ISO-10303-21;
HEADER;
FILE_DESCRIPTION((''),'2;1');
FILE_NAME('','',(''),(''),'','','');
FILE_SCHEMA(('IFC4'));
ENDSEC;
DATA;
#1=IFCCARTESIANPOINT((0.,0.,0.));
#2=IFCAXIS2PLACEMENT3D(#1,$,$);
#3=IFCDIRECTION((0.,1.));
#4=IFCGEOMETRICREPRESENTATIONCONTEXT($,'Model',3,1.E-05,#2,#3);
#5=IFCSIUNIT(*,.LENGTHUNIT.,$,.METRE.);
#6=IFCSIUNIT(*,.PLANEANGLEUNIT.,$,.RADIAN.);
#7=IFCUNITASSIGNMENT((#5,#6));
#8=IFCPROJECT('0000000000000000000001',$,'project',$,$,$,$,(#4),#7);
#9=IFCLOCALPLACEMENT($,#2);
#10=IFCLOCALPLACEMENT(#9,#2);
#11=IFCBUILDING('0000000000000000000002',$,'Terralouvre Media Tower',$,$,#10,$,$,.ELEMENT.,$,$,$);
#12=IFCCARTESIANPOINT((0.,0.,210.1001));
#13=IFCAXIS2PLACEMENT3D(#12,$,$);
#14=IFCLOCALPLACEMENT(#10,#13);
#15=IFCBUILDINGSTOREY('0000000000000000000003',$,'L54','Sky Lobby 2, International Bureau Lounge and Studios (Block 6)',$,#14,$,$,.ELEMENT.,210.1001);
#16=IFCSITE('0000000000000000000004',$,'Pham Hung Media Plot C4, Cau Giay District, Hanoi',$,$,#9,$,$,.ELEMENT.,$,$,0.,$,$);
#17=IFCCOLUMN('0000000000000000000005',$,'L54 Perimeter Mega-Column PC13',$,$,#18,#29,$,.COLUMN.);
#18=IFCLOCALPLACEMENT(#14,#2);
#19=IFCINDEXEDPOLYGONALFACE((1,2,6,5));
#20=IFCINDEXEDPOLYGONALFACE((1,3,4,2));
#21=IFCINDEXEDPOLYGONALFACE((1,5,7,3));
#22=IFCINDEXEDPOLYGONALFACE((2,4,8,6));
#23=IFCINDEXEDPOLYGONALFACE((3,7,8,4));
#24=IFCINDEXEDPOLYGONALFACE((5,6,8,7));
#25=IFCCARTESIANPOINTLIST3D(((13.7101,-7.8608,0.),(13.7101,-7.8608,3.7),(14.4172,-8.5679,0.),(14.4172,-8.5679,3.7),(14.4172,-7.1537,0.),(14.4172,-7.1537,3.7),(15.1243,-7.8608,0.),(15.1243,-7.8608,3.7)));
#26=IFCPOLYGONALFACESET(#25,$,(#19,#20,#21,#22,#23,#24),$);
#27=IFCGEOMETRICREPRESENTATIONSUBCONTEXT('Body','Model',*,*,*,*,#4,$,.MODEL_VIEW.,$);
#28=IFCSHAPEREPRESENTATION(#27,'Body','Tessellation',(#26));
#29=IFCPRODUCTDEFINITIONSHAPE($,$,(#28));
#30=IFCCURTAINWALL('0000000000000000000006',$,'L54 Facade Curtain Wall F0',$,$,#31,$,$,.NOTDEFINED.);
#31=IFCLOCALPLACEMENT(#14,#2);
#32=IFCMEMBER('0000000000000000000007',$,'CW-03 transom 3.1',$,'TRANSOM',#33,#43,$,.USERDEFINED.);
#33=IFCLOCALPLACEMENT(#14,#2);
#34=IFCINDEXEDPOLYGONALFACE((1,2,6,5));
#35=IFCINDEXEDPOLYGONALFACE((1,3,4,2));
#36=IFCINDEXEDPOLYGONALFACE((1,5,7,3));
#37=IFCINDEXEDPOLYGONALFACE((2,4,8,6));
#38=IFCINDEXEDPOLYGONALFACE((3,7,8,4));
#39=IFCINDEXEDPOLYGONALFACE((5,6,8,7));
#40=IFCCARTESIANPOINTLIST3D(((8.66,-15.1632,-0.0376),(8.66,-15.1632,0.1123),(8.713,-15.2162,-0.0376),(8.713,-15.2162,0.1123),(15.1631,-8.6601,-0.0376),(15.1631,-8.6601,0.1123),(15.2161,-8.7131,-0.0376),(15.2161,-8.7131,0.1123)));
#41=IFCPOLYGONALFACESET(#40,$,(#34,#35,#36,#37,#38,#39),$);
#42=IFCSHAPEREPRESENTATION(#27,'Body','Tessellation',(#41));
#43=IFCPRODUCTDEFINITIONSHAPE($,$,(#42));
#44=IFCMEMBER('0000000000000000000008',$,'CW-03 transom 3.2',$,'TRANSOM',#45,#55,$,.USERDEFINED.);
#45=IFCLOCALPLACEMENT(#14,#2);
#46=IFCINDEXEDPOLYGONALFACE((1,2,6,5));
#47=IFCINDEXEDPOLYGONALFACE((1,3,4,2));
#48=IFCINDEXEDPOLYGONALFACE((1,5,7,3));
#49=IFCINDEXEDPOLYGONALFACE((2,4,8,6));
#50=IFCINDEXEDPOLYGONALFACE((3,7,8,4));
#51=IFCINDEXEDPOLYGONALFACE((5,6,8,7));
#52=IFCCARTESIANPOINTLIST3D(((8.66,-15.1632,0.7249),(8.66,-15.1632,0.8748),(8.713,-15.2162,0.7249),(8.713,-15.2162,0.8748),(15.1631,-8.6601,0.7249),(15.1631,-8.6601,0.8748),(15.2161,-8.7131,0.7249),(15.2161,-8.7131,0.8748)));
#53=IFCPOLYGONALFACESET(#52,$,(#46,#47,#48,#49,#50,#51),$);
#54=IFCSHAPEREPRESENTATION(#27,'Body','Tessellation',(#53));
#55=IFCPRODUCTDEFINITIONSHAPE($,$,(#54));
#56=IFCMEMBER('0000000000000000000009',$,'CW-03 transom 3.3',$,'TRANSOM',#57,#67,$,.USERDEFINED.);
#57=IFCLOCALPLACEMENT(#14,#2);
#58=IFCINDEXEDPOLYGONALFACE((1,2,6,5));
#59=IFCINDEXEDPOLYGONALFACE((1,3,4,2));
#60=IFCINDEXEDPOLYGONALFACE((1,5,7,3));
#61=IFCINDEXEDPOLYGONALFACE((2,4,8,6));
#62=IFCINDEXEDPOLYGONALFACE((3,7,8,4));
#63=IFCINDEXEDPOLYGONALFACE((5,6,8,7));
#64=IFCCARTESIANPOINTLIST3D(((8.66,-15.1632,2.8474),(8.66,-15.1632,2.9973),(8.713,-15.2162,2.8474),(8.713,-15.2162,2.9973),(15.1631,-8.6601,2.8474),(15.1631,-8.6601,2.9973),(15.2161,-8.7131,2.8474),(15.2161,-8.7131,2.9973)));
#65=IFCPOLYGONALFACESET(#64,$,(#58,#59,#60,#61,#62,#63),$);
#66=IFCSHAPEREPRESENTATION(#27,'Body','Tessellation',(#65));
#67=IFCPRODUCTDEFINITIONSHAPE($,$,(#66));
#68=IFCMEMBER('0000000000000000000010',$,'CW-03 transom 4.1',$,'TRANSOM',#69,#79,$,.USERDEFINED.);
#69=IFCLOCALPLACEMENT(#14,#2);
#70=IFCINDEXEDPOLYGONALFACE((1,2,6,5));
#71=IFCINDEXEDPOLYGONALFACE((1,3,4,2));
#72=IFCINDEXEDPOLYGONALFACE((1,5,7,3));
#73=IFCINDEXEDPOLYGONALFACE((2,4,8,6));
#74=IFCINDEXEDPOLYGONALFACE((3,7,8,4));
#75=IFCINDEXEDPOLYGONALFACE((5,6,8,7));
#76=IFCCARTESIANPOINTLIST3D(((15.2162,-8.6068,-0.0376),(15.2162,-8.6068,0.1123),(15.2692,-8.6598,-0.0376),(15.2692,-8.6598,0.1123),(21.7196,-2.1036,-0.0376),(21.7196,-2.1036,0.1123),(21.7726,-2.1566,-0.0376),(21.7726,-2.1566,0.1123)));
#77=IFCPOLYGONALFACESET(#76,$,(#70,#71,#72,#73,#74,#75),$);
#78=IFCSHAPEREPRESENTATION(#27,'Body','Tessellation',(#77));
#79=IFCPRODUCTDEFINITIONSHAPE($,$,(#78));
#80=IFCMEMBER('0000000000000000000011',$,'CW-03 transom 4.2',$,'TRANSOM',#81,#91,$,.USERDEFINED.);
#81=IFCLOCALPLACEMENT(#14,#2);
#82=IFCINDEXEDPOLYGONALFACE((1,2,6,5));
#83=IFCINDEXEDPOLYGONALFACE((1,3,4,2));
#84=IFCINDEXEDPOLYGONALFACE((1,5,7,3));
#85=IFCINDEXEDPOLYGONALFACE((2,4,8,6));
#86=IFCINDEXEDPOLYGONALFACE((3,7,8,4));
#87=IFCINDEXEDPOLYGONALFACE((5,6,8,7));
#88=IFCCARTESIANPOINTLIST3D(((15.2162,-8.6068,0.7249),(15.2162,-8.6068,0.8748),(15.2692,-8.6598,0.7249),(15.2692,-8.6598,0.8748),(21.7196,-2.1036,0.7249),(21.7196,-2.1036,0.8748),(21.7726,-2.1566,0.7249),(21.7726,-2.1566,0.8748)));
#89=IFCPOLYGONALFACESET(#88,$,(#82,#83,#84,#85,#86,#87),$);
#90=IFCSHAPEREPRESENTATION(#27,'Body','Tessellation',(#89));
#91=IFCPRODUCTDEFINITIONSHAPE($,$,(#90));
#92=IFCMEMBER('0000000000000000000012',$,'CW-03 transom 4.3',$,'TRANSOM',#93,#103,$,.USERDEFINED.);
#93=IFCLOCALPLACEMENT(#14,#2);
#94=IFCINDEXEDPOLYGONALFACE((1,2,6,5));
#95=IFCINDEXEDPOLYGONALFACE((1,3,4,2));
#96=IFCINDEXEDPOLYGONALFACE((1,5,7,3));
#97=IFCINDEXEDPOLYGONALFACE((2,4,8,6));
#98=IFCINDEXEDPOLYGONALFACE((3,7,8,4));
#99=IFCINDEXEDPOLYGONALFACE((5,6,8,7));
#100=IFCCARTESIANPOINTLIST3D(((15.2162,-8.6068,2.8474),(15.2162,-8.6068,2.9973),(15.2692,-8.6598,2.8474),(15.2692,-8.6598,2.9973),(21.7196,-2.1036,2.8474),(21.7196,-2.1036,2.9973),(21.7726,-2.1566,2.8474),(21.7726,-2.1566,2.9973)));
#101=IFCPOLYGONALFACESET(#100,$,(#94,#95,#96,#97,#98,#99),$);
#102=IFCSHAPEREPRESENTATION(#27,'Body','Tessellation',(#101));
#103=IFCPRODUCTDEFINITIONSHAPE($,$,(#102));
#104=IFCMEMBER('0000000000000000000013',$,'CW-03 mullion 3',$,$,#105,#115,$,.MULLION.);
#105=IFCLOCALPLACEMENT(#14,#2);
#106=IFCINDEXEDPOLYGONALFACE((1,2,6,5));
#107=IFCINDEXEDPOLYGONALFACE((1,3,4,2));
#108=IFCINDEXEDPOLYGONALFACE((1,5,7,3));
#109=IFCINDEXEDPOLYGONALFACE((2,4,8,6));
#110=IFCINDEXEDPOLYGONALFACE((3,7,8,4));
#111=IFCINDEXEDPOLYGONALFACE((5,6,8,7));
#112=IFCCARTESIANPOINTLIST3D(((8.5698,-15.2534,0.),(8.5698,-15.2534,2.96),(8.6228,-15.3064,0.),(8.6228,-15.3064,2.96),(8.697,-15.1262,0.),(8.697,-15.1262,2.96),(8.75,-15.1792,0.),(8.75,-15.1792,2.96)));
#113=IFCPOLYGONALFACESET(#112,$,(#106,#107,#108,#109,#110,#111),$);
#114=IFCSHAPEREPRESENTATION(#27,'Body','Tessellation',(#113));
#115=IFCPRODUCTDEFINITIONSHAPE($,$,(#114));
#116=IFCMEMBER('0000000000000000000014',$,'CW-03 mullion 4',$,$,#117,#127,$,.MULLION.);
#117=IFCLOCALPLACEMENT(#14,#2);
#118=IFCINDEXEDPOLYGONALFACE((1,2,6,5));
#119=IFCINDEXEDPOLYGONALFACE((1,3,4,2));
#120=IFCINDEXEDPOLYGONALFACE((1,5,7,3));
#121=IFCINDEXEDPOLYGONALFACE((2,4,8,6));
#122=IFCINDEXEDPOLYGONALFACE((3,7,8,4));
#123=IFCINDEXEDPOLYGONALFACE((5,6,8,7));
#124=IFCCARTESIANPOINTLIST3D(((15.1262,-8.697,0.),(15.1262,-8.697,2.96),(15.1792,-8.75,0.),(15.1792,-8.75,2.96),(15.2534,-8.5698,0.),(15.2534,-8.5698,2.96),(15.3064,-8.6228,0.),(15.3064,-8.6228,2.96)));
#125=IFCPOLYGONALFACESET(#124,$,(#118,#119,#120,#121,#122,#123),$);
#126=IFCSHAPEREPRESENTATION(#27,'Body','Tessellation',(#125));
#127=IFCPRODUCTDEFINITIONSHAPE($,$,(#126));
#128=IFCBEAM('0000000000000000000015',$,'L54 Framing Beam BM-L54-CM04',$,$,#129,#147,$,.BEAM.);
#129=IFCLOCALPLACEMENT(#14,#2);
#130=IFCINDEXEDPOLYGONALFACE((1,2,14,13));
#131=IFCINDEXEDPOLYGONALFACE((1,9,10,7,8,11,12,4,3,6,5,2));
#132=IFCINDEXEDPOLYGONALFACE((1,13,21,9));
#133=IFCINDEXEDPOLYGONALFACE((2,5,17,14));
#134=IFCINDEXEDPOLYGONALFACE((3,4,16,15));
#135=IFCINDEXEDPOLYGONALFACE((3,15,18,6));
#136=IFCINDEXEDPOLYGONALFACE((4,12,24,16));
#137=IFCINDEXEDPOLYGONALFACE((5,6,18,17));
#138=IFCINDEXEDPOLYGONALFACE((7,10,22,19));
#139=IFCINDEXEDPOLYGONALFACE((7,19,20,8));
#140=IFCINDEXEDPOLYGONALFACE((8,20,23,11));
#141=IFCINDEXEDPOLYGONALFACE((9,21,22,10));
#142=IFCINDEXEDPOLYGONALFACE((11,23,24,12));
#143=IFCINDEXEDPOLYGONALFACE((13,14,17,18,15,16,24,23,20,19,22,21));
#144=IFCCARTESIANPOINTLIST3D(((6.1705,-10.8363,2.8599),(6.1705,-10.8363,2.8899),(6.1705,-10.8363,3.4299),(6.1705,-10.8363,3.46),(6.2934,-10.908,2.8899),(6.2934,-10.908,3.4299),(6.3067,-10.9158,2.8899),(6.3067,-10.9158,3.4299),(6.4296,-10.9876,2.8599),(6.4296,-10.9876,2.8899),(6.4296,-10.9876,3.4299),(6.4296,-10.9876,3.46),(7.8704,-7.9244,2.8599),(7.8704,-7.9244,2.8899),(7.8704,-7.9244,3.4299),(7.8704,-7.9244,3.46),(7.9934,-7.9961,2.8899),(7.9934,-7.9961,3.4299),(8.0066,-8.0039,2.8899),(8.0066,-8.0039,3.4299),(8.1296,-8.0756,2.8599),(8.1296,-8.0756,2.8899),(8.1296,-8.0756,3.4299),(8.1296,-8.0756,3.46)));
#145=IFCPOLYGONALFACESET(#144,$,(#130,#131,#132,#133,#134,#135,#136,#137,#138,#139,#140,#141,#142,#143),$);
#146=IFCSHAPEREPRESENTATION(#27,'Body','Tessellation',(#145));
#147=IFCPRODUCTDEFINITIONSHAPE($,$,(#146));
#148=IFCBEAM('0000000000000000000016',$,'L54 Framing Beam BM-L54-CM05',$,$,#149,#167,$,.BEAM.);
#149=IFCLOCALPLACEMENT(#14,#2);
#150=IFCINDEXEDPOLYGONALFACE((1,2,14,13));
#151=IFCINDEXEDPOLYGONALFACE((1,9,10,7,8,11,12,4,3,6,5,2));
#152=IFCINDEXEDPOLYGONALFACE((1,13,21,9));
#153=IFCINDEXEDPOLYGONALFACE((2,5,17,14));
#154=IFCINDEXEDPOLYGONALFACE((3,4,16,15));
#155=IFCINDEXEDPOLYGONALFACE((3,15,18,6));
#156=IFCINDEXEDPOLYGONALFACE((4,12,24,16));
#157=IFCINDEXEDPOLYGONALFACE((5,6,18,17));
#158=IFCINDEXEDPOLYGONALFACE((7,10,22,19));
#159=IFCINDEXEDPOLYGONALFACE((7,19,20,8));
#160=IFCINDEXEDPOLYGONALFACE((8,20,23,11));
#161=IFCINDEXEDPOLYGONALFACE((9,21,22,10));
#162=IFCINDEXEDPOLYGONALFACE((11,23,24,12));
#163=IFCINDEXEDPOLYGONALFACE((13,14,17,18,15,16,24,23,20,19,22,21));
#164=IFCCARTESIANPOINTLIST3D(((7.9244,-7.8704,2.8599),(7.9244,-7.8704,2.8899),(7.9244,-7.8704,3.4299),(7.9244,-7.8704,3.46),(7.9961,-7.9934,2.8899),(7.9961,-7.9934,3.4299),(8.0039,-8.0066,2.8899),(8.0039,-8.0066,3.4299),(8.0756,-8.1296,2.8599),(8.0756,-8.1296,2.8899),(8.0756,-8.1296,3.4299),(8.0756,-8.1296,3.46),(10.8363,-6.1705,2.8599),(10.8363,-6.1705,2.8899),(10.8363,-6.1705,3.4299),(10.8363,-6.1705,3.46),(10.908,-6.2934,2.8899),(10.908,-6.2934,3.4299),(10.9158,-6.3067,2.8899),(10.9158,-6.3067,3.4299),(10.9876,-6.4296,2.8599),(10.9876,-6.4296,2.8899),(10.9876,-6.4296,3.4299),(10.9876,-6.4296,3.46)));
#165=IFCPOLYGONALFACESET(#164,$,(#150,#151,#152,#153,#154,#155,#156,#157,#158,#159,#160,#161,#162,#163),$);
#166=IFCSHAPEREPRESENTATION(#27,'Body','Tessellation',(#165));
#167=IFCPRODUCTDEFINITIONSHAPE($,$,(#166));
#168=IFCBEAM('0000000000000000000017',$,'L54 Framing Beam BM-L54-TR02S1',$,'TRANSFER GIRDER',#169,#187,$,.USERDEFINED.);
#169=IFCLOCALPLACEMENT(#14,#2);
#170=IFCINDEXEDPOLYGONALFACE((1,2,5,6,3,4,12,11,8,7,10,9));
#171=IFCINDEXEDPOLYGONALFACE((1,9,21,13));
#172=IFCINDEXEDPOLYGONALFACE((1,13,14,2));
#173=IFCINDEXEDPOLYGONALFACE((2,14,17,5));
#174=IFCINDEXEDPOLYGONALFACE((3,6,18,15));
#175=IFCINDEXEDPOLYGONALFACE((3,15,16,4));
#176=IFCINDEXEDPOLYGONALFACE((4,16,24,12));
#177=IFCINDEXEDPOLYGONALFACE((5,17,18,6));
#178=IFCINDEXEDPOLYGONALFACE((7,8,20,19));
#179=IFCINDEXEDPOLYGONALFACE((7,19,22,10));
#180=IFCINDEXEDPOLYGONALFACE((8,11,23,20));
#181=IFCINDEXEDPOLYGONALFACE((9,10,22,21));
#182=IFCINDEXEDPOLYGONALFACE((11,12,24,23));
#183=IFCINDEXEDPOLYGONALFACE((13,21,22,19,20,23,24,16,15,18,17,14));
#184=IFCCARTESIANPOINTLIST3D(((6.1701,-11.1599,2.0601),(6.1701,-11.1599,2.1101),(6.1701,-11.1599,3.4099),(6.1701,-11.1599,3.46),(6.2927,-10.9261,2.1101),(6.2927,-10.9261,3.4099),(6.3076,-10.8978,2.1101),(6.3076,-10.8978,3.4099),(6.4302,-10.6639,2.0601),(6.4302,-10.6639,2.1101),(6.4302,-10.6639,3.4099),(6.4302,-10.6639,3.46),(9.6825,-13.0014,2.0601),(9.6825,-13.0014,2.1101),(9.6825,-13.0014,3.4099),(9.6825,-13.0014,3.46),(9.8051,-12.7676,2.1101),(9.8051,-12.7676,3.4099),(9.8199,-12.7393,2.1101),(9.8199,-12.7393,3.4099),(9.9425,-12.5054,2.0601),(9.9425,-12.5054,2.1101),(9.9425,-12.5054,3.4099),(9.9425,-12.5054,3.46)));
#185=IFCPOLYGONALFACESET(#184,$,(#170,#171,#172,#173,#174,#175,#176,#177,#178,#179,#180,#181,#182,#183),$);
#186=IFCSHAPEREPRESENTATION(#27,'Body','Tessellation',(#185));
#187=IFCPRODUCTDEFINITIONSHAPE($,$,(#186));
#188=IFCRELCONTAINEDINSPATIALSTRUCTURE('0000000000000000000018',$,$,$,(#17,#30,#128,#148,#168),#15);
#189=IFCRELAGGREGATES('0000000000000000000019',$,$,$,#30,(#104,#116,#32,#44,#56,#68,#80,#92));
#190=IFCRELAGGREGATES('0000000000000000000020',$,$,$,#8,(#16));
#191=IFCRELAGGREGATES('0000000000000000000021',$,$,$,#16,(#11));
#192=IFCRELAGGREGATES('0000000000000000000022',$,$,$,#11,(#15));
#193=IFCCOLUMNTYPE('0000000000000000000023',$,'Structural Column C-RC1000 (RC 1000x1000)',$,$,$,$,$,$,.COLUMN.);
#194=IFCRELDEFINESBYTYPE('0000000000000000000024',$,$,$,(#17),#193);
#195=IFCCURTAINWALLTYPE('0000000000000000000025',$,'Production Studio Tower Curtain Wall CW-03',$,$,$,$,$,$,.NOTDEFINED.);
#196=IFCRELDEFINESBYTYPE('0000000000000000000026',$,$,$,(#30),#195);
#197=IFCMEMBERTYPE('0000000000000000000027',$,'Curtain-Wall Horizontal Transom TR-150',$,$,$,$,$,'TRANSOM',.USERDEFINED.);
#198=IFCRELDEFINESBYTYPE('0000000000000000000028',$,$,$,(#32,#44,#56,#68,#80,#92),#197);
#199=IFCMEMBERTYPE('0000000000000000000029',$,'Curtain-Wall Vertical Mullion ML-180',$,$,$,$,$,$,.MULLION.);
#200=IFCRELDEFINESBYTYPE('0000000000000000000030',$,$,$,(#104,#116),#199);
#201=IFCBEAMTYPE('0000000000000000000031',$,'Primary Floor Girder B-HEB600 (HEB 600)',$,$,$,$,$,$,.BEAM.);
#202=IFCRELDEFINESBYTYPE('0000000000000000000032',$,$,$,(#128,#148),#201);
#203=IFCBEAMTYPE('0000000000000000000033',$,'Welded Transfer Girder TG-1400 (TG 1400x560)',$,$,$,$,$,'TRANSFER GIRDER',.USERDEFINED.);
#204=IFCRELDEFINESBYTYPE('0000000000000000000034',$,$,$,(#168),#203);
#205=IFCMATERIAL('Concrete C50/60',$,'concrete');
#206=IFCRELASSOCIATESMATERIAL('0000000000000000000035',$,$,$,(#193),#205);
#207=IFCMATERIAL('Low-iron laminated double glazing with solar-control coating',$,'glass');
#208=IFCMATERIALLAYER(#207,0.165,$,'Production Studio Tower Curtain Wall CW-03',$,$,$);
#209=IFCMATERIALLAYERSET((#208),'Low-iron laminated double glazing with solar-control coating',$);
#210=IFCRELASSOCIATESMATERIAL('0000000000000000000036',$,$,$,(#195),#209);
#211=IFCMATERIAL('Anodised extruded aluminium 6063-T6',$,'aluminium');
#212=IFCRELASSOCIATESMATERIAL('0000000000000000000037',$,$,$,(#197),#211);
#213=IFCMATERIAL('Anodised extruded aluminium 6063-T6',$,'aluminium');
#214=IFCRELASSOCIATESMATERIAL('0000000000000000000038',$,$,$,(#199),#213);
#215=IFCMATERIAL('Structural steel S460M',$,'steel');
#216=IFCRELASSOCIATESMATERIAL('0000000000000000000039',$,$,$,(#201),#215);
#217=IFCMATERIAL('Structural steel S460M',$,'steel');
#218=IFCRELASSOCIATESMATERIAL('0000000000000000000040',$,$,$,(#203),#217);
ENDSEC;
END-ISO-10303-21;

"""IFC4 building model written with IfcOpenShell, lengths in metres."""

from ifc_helpers import new_model, si_unit, direction, frame, origin, origin_2d, place, context, subcontext, project, spatial, rectangle, i_section, extrude, material, layer, layer_set, material_profile, profile_set, type_object, element, aggregate, save


model = new_model("IFC4")

# Units and contexts
model_context = context("Model", 3, precision=1e-05, world=origin(), true_north=direction((0.0, 1.0)))
body_context = subcontext(model_context, "Body", "Model", "MODEL_VIEW")
ifc_project = project(units=[si_unit("LENGTHUNIT", "METRE"), si_unit("PLANEANGLEUNIT", "RADIAN")], contexts=[model_context])

# Site, building, storey
site_placement = place(None, origin())
site = spatial("IfcSite", under=ifc_project, at=site_placement, Name="Pham Hung Media Plot C4, Cau Giay District, Hanoi", CompositionType="ELEMENT", RefElevation=0.0)
building_placement = place(site_placement, origin())
building = spatial("IfcBuilding", under=site, at=building_placement, Name="Terralouvre Media Tower", CompositionType="ELEMENT")
storey_placement = place(building_placement, frame((0.0, 0.0, 210.1001)))
storey = spatial("IfcBuildingStorey", under=building, at=storey_placement, Name="L54", Description="Sky Lobby 2, International Bureau Lounge and Studios (Block 6)", CompositionType="ELEMENT", Elevation=210.1001)

# Column
ifc_material_1 = material(Name="Concrete C50/60", Category="concrete")
ifc_material_profile_1 = material_profile(ifc_material_1, rectangle(XDim=1.0, YDim=1.0, at=origin_2d()), Name="RC 1000x1000")
ifc_profile_set_1 = profile_set([ifc_material_profile_1], Name="Concrete C50/60")
column_type = type_object("IfcColumnType", Name="Structural Column C-RC1000 (RC 1000x1000)", PredefinedType="COLUMN", material=ifc_profile_set_1)
column_placement = place(storey_placement, frame((14.4172, -7.8608, 0.0), z_axis=(0.0, 0.0, 1.0), x_axis=(0.707107, 0.707107, 0.0)))
element("IfcColumn", 1, at=column_placement, inside=storey, type_object=column_type, Name="L54 Perimeter Mega-Column PC13", PredefinedType="COLUMN", context=body_context, shape_type="SweptSolid", body=[
    extrude(rectangle(XDim=1.0, YDim=1.0, at=origin_2d()), origin(), (0.0, 0.0, 1.0), 3.7),
])

# Curtain wall, members
ifc_material_2 = material(Name="Low-iron laminated double glazing with solar-control coating", Category="glass")
ifc_layer_1 = layer(ifc_material_2, 0.165, Name="Production Studio Tower Curtain Wall CW-03")
ifc_layer_set_1 = layer_set([ifc_layer_1], Name="Low-iron laminated double glazing with solar-control coating")
curtain_wall_type = type_object("IfcCurtainWallType", Name="Production Studio Tower Curtain Wall CW-03", PredefinedType="NOTDEFINED", material=ifc_layer_set_1)
curtain_wall_placement = place(storey_placement, origin())
curtain_wall = element("IfcCurtainWall", 2, at=curtain_wall_placement, inside=storey, type_object=curtain_wall_type, Name="L54 Facade Curtain Wall F0", PredefinedType="NOTDEFINED")
ifc_material_3 = material(Name="Anodised extruded aluminium 6063-T6", Category="aluminium")
ifc_material_profile_2 = material_profile(ifc_material_3, rectangle(XDim=0.075, YDim=0.1499, at=origin_2d()), Name="ALU 75x150")
ifc_profile_set_2 = profile_set([ifc_material_profile_2], Name="Anodised extruded aluminium 6063-T6")
member_type_1 = type_object("IfcMemberType", Name="Curtain-Wall Horizontal Transom TR-150", ElementType="TRANSOM", PredefinedType="USERDEFINED", material=ifc_profile_set_2)
member_1_placement = place(storey_placement, frame((8.6865, -15.1897, 0.0374), z_axis=(0.707107, 0.707107, 0.0), x_axis=(-0.707107, 0.707107, 0.0)))
member_1 = element("IfcMember", 3, at=member_1_placement, type_object=member_type_1, Name="CW-03 transom 3.1", ObjectType="TRANSOM", PredefinedType="USERDEFINED", context=body_context, shape_type="SweptSolid", body=[
    extrude(rectangle(XDim=0.075, YDim=0.1499, at=origin_2d()), origin(), (0.0, 0.0, 1.0), 9.1968),
])
member_2_placement = place(storey_placement, frame((8.6865, -15.1897, 0.7998), z_axis=(0.707107, 0.707107, 0.0), x_axis=(-0.707107, 0.707107, 0.0)))
member_2 = element("IfcMember", 4, at=member_2_placement, type_object=member_type_1, Name="CW-03 transom 3.2", ObjectType="TRANSOM", PredefinedType="USERDEFINED", context=body_context, shape_type="SweptSolid", body=[
    extrude(rectangle(XDim=0.075, YDim=0.1499, at=origin_2d()), origin(), (0.0, 0.0, 1.0), 9.1968),
])
member_3_placement = place(storey_placement, frame((8.6865, -15.1897, 2.9224), z_axis=(0.707107, 0.707107, 0.0), x_axis=(-0.707107, 0.707107, 0.0)))
member_3 = element("IfcMember", 5, at=member_3_placement, type_object=member_type_1, Name="CW-03 transom 3.3", ObjectType="TRANSOM", PredefinedType="USERDEFINED", context=body_context, shape_type="SweptSolid", body=[
    extrude(rectangle(XDim=0.075, YDim=0.1499, at=origin_2d()), origin(), (0.0, 0.0, 1.0), 9.1968),
])
member_4_placement = place(storey_placement, frame((15.2427, -8.6333, 0.0374), z_axis=(0.70712, 0.707094, 0.0), x_axis=(-0.707094, 0.70712, 0.0)))
member_4 = element("IfcMember", 6, at=member_4_placement, type_object=member_type_1, Name="CW-03 transom 4.1", ObjectType="TRANSOM", PredefinedType="USERDEFINED", context=body_context, shape_type="SweptSolid", body=[
    extrude(rectangle(XDim=0.075, YDim=0.1499, at=origin_2d()), origin(), (0.0, 0.0, 1.0), 9.197),
])
member_5_placement = place(storey_placement, frame((15.2427, -8.6333, 0.7998), z_axis=(0.70712, 0.707094, 0.0), x_axis=(-0.707094, 0.70712, 0.0)))
member_5 = element("IfcMember", 7, at=member_5_placement, type_object=member_type_1, Name="CW-03 transom 4.2", ObjectType="TRANSOM", PredefinedType="USERDEFINED", context=body_context, shape_type="SweptSolid", body=[
    extrude(rectangle(XDim=0.075, YDim=0.1499, at=origin_2d()), origin(), (0.0, 0.0, 1.0), 9.197),
])
member_6_placement = place(storey_placement, frame((15.2427, -8.6333, 2.9224), z_axis=(0.70712, 0.707094, 0.0), x_axis=(-0.707094, 0.70712, 0.0)))
member_6 = element("IfcMember", 8, at=member_6_placement, type_object=member_type_1, Name="CW-03 transom 4.3", ObjectType="TRANSOM", PredefinedType="USERDEFINED", context=body_context, shape_type="SweptSolid", body=[
    extrude(rectangle(XDim=0.075, YDim=0.1499, at=origin_2d()), origin(), (0.0, 0.0, 1.0), 9.197),
])
ifc_material_4 = material(Name="Anodised extruded aluminium 6063-T6", Category="aluminium")
ifc_material_profile_3 = material_profile(ifc_material_4, rectangle(XDim=0.075, YDim=0.1799, at=origin_2d()), Name="ALU 75x180")
ifc_profile_set_3 = profile_set([ifc_material_profile_3], Name="Anodised extruded aluminium 6063-T6")
member_type_2 = type_object("IfcMemberType", Name="Curtain-Wall Vertical Mullion ML-180", PredefinedType="MULLION", material=ifc_profile_set_3)
member_7_placement = place(storey_placement, frame((8.6599, -15.2163, 0.0), z_axis=(0.0, 0.0, 1.0), x_axis=(-0.707107, 0.707107, 0.0)))
member_7 = element("IfcMember", 9, at=member_7_placement, type_object=member_type_2, Name="CW-03 mullion 3", PredefinedType="MULLION", context=body_context, shape_type="SweptSolid", body=[
    extrude(rectangle(XDim=0.075, YDim=0.1799, at=origin_2d()), origin(), (0.0, 0.0, 1.0), 2.96),
])
member_8_placement = place(storey_placement, frame((15.2163, -8.6599, 0.0), z_axis=(0.0, 0.0, 1.0), x_axis=(-0.707107, 0.707107, 0.0)))
member_8 = element("IfcMember", 10, at=member_8_placement, type_object=member_type_2, Name="CW-03 mullion 4", PredefinedType="MULLION", context=body_context, shape_type="SweptSolid", body=[
    extrude(rectangle(XDim=0.075, YDim=0.1799, at=origin_2d()), origin(), (0.0, 0.0, 1.0), 2.96),
])

# Beams
ifc_material_5 = material(Name="Structural steel S460M", Category="steel")
ifc_material_profile_4 = material_profile(ifc_material_5, i_section(OverallWidth=0.3, OverallDepth=0.6001, WebThickness=0.0154, FlangeThickness=0.03, at=origin_2d()), Name="HEB 600")
ifc_profile_set_4 = profile_set([ifc_material_profile_4], Name="Structural steel S460M")
beam_type_1 = type_object("IfcBeamType", Name="Primary Floor Girder B-HEB600 (HEB 600)", PredefinedType="BEAM", material=ifc_profile_set_4)
for number, where, z_axis, x_axis, name in (
    (11, (8.0, -8.0, 3.1599), (-0.504173, -0.863603, 0.0), (0.863603, -0.504173, 0.0), "L54 Framing Beam BM-L54-CM04"),
    (12, (8.0, -8.0, 3.1599), (0.863603, 0.504173, 0.0), (-0.504173, 0.863603, 0.0), "L54 Framing Beam BM-L54-CM05"),
):
    element("IfcBeam", number, at=place(storey_placement, frame(where, z_axis=z_axis, x_axis=x_axis)), inside=storey, type_object=beam_type_1, Name=name, PredefinedType="BEAM", context=body_context, shape_type="SweptSolid", body=[
        extrude(i_section(OverallWidth=0.3, OverallDepth=0.6001, WebThickness=0.0154, FlangeThickness=0.03, at=origin_2d()), origin(), (0.0, 0.0, 1.0), 3.3718),
    ])
ifc_material_6 = material(Name="Structural steel S460M", Category="steel")
ifc_material_profile_5 = material_profile(ifc_material_6, i_section(OverallWidth=0.5601, OverallDepth=1.3999, WebThickness=0.032, FlangeThickness=0.05, at=origin_2d()), Name="TG 1400x560")
ifc_profile_set_5 = profile_set([ifc_material_profile_5], Name="Structural steel S460M")
beam_type_2 = type_object("IfcBeamType", Name="Welded Transfer Girder TG-1400 (TG 1400x560)", ElementType="TRANSFER GIRDER", PredefinedType="USERDEFINED", material=ifc_profile_set_5)
beam_1_placement = place(storey_placement, frame((9.8125, -12.7534, 2.76), z_axis=(-0.885656, 0.464343, 0.0), x_axis=(-0.464343, -0.885656, 0.0)))
element("IfcBeam", 13, at=beam_1_placement, inside=storey, type_object=beam_type_2, Name="L54 Framing Beam BM-L54-TR02S1", ObjectType="TRANSFER GIRDER", PredefinedType="USERDEFINED", context=body_context, shape_type="SweptSolid", body=[
    extrude(i_section(OverallWidth=0.5601, OverallDepth=1.3999, WebThickness=0.032, FlangeThickness=0.05, at=origin_2d()), origin(), (0.0, 0.0, 1.0), 3.9658),
])

aggregate(curtain_wall, [member_7, member_8, member_1, member_2, member_3, member_4, member_5, member_6])

save(model, "model.ifc")
